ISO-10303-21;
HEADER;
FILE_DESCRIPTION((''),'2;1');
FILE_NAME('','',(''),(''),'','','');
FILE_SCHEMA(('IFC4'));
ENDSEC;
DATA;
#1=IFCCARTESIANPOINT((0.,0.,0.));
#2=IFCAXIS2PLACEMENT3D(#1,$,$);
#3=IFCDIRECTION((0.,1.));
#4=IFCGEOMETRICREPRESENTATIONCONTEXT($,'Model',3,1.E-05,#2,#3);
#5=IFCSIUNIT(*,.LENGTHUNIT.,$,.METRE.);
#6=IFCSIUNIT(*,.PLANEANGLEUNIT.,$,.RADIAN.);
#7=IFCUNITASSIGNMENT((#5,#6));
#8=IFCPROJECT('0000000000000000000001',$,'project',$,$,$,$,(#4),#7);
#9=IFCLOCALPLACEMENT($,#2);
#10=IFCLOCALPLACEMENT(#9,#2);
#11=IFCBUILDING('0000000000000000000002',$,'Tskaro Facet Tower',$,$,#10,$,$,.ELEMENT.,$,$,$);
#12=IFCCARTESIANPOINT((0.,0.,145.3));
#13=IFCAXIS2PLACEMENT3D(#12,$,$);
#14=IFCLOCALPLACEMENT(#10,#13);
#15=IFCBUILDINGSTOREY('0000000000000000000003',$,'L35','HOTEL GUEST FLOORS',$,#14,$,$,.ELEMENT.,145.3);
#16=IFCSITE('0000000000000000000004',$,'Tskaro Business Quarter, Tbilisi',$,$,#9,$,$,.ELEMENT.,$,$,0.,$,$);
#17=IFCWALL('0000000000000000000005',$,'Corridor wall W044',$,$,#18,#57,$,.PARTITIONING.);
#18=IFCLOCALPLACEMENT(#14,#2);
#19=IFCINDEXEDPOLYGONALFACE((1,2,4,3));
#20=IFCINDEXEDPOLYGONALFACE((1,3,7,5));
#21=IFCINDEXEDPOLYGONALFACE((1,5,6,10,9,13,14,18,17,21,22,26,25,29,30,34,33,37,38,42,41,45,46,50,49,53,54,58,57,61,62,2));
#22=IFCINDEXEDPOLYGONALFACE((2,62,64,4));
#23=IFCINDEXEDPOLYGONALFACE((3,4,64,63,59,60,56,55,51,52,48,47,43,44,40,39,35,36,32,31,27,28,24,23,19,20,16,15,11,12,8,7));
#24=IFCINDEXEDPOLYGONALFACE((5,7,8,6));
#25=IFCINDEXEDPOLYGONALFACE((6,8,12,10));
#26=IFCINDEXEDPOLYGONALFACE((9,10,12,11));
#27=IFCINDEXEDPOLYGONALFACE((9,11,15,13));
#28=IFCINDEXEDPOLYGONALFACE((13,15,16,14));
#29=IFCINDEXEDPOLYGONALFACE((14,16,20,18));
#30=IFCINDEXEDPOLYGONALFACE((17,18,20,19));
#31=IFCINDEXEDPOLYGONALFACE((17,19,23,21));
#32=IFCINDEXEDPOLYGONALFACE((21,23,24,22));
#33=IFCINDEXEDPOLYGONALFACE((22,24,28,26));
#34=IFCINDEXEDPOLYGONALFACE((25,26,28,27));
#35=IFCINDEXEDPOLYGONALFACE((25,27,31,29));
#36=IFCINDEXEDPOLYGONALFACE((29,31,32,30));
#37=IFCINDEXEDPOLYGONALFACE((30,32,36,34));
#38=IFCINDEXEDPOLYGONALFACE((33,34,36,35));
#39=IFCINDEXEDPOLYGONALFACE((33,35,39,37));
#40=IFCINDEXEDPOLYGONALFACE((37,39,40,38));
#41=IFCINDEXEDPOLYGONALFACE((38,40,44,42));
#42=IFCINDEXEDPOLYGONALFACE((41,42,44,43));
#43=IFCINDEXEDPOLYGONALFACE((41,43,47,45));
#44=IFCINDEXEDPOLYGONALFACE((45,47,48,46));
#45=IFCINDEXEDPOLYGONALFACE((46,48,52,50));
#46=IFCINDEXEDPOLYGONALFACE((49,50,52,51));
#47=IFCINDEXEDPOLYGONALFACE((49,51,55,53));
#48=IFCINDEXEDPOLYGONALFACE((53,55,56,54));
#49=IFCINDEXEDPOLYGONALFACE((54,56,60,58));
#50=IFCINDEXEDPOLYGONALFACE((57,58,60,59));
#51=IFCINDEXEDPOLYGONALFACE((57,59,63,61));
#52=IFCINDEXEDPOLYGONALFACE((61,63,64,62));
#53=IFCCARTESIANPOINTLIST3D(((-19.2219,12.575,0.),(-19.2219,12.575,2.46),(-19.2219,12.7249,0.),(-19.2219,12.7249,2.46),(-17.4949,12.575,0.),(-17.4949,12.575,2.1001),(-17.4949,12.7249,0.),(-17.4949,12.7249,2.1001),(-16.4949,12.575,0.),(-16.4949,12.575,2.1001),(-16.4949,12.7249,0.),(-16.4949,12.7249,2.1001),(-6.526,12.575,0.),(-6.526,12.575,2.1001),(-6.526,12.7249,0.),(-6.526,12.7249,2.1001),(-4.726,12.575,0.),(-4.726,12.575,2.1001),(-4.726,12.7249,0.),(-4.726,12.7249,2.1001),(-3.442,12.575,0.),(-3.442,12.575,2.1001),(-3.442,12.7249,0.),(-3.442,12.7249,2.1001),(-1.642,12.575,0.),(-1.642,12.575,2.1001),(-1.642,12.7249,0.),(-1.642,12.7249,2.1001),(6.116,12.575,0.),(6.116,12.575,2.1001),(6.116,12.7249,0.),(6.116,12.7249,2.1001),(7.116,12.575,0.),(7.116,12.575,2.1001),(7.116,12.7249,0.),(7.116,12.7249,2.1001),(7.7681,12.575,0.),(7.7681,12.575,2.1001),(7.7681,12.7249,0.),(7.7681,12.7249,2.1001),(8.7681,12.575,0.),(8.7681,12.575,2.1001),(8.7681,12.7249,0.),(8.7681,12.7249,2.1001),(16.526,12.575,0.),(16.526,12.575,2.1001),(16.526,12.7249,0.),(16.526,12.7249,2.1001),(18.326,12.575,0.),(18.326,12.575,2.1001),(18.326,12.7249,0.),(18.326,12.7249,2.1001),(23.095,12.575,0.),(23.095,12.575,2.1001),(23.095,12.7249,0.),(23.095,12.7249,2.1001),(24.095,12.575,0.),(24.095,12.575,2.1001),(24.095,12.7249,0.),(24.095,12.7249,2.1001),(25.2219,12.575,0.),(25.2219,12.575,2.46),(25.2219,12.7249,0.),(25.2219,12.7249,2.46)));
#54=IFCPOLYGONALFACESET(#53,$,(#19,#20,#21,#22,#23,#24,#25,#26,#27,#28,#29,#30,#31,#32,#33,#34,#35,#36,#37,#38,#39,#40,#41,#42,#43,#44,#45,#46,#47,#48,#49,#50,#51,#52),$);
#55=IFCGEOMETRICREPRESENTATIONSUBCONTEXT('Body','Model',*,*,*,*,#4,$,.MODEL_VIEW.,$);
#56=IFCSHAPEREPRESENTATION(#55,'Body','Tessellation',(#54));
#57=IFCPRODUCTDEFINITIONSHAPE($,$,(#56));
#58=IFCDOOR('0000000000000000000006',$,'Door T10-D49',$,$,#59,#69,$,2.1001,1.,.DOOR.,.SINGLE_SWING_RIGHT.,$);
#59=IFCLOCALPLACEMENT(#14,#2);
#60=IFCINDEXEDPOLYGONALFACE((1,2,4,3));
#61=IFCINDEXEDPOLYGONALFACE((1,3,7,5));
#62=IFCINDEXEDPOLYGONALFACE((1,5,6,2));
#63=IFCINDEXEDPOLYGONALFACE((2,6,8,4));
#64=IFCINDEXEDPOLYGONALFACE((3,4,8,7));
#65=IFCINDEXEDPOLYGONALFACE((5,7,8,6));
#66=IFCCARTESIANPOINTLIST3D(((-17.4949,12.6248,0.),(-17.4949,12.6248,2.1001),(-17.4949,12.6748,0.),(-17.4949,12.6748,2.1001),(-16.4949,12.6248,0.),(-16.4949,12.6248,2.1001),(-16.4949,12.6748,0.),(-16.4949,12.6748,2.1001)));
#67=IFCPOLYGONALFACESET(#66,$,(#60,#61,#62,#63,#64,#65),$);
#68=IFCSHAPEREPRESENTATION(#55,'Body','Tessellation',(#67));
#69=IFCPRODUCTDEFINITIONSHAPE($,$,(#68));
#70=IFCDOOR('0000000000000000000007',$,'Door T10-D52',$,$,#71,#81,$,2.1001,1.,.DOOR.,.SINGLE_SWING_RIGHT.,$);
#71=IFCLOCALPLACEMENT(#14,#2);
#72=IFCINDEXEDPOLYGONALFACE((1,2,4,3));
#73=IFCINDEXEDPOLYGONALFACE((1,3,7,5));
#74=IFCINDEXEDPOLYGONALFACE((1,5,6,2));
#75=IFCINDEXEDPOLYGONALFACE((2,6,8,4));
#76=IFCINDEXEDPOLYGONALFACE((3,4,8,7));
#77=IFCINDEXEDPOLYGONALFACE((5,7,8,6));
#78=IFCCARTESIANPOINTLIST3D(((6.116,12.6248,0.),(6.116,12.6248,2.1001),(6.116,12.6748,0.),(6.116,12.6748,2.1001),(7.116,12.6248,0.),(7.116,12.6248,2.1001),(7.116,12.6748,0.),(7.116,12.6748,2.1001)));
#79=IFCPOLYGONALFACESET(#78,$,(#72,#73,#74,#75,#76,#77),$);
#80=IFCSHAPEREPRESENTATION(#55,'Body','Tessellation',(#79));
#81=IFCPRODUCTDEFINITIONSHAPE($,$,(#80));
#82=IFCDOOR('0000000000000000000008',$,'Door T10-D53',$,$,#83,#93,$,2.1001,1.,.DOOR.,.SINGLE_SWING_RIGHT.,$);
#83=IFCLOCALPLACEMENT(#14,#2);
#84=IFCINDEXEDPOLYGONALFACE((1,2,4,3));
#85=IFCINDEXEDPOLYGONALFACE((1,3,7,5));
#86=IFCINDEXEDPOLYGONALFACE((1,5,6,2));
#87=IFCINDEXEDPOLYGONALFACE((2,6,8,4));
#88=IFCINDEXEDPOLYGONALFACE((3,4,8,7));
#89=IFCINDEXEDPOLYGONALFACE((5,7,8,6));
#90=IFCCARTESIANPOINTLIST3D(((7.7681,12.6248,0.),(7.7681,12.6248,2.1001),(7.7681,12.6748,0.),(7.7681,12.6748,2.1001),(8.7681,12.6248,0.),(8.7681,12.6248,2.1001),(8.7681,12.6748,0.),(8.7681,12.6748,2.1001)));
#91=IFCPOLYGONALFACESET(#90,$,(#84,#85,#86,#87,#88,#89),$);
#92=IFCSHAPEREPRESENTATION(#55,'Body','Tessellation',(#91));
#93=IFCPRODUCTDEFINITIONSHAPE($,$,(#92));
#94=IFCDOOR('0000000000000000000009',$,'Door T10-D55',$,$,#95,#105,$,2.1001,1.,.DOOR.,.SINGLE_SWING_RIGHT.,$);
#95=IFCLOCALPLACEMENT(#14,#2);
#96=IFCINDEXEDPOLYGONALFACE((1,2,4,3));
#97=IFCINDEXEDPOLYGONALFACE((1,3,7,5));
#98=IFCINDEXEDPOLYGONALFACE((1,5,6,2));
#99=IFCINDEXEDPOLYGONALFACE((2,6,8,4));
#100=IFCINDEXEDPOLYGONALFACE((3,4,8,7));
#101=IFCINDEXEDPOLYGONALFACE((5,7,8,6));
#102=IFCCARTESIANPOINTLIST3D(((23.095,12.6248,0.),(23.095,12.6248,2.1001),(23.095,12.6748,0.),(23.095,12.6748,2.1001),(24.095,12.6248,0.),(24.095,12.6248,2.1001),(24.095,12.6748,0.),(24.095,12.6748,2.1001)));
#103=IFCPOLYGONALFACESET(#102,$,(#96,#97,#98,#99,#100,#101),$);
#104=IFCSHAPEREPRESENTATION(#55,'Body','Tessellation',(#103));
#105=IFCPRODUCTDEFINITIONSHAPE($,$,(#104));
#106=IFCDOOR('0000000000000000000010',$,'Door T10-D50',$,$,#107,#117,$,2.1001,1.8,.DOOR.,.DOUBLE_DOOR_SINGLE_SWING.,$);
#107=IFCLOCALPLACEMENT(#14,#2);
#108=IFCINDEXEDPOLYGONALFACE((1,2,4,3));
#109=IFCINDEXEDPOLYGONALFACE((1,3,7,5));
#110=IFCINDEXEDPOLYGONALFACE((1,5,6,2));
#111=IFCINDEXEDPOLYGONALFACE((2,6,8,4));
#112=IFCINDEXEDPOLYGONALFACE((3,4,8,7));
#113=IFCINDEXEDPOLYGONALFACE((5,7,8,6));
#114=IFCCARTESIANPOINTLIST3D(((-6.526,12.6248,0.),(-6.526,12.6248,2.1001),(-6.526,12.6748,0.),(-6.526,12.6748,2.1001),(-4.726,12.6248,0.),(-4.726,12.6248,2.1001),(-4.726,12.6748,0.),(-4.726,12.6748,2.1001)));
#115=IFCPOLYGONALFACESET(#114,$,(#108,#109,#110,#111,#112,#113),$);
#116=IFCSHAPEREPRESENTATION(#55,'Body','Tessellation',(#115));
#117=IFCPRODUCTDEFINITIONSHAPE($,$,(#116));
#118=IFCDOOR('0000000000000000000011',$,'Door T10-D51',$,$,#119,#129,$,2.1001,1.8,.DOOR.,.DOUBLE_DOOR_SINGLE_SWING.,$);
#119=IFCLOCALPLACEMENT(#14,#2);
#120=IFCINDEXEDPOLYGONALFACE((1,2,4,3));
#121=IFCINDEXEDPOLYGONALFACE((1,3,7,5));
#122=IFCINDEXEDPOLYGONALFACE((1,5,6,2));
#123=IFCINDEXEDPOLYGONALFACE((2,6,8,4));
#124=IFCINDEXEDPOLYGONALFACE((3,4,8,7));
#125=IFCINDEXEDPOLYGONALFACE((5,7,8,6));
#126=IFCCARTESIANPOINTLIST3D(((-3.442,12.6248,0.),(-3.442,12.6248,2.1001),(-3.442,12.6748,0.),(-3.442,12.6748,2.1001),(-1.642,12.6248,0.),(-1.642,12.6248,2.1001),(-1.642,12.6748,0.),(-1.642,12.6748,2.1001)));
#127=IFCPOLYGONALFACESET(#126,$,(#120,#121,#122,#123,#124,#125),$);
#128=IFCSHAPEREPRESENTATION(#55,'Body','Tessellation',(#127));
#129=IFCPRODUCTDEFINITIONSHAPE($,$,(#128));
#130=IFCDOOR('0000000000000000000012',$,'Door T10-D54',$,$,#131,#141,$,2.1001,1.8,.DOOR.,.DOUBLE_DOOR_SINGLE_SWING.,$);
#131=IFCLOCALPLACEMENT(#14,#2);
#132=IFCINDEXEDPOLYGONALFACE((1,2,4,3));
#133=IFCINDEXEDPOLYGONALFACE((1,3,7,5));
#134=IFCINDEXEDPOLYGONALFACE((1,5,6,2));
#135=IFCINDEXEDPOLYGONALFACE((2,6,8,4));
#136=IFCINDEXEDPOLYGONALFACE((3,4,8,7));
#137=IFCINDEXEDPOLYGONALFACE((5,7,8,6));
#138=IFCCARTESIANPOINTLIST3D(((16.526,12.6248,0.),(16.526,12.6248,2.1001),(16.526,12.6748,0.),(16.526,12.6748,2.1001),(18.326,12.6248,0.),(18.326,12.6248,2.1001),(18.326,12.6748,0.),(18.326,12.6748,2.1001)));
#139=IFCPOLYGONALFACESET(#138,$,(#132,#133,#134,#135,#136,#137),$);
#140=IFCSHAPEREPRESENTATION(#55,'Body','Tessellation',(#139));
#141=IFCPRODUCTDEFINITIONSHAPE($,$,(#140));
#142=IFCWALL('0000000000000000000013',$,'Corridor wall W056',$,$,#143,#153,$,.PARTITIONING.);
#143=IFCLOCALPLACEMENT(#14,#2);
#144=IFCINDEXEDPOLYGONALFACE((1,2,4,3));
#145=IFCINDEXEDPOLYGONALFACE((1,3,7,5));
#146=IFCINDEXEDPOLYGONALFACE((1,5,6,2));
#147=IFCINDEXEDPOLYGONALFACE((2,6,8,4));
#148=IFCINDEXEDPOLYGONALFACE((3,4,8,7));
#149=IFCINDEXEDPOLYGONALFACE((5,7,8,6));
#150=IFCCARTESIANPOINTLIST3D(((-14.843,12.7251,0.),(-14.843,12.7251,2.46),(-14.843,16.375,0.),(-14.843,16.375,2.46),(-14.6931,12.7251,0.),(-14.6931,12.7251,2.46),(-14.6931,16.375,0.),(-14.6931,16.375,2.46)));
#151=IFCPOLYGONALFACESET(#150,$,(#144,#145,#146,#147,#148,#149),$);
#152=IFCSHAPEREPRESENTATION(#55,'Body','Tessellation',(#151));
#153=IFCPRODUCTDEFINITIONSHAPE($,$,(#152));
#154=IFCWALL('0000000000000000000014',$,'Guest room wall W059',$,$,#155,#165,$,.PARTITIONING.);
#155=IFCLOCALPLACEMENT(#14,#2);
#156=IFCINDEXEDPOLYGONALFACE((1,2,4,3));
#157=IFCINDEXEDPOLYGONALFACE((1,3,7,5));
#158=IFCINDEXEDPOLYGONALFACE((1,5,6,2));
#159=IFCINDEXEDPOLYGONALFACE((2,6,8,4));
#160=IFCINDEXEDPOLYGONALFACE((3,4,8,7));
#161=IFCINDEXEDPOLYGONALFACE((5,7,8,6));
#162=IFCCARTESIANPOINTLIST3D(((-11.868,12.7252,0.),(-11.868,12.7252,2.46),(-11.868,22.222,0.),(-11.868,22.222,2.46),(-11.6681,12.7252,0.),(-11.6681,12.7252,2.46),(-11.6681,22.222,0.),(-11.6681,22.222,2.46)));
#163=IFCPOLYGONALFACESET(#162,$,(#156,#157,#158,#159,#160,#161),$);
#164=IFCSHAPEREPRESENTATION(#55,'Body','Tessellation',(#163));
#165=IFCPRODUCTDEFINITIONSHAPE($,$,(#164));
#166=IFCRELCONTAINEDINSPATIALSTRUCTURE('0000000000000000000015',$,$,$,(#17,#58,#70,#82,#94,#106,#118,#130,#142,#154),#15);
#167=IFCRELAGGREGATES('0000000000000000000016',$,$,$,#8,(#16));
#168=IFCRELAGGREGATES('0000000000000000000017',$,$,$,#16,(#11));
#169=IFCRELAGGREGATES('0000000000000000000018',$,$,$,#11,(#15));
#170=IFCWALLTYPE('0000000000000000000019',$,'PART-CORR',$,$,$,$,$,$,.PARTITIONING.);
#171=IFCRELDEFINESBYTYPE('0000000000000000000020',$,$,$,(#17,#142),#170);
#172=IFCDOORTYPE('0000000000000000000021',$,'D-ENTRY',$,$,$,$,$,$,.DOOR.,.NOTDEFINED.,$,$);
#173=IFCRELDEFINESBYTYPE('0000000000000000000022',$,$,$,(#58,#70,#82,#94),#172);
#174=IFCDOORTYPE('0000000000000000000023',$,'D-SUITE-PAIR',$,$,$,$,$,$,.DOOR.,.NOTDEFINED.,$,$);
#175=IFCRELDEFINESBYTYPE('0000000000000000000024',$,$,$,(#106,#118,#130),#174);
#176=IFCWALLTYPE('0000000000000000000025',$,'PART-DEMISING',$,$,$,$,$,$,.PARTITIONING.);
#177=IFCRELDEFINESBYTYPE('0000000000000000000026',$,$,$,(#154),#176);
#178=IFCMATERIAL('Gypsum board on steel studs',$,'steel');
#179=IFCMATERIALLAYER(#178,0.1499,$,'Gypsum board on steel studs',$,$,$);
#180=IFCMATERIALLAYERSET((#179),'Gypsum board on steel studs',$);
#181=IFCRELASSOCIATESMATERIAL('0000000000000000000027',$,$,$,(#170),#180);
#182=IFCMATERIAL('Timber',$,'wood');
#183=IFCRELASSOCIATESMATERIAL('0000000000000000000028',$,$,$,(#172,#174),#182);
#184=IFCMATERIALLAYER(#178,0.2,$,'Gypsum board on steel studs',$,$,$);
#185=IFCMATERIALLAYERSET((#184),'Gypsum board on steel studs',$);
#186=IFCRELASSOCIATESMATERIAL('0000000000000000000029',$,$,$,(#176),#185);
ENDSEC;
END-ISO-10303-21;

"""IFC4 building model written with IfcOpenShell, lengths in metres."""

from ifc_helpers import new_model, si_unit, direction, frame, frame_2d, origin, place, context, subcontext, project, spatial, rectangle, extrude, material, layer, layer_set, type_object, element, fill, save


model = new_model("IFC4")

# Units and contexts
model_context = context("Model", 3, precision=1e-05, world=origin(), true_north=direction((0.0, 1.0)))
body_context = subcontext(model_context, "Body", "Model", "MODEL_VIEW")
ifc_project = project(units=[si_unit("LENGTHUNIT", "METRE"), si_unit("PLANEANGLEUNIT", "RADIAN")], contexts=[model_context])

# Site, building, storey
site_placement = place(None, origin())
site = spatial("IfcSite", under=ifc_project, at=site_placement, Name="Tskaro Business Quarter, Tbilisi", CompositionType="ELEMENT", RefElevation=0.0)
building_placement = place(site_placement, origin())
building = spatial("IfcBuilding", under=site, at=building_placement, Name="Tskaro Facet Tower", CompositionType="ELEMENT")
storey_placement = place(building_placement, frame((0.0, 0.0, 145.3)))
storey = spatial("IfcBuildingStorey", under=building, at=storey_placement, Name="L35", Description="HOTEL GUEST FLOORS", CompositionType="ELEMENT", Elevation=145.3)

# Shared definitions
ifc_material_1 = material(Name="Gypsum board on steel studs", Category="steel")
ifc_layer_1 = layer(ifc_material_1, 0.1499, Name="Gypsum board on steel studs")
ifc_layer_set_1 = layer_set([ifc_layer_1], Name="Gypsum board on steel studs")
wall_type_1 = type_object("IfcWallType", Name="PART-CORR", PredefinedType="PARTITIONING", material=ifc_layer_set_1)
ifc_material_2 = material(Name="Timber", Category="wood")

# Wall, openings, doors
wall_1_placement = place(storey_placement, frame((-19.2219, 12.6499, 0.0), z_axis=(0.0, 0.0, 1.0), x_axis=(1.0, 0.0, 0.0)))
wall_1 = element("IfcWall", 1, at=wall_1_placement, inside=storey, type_object=wall_type_1, Name="Corridor wall W044", PredefinedType="PARTITIONING", context=body_context, shape_type="SweptSolid", body=[
    extrude(rectangle(XDim=44.4438, YDim=0.1499, at=frame_2d((22.2219, 0.0))), origin(), (0.0, 0.0, 1.0), 2.46),
])
opening_1_placement = place(wall_1_placement, frame((1.7271, 0.0, 0.0)))
opening_1 = element("IfcOpeningElement", 2, at=opening_1_placement, cuts=wall_1, PredefinedType="OPENING", context=body_context, shape_type="SweptSolid", body=[
    extrude(rectangle(XDim=1.0, YDim=2.1001, at=frame_2d((0.5, 1.05))), frame((0.0, 0.085, 0.0), z_axis=(0.0, -1.0, 0.0), x_axis=(1.0, 0.0, 0.0)), (0.0, 0.0, 1.0), 0.1699),
])
opening_2_placement = place(wall_1_placement, frame((12.696, 0.0, 0.0)))
opening_2 = element("IfcOpeningElement", 3, at=opening_2_placement, cuts=wall_1, PredefinedType="OPENING", context=body_context, shape_type="SweptSolid", body=[
    extrude(rectangle(XDim=1.8, YDim=2.1001, at=frame_2d((0.8999, 1.05))), frame((0.0, 0.085, 0.0), z_axis=(0.0, -1.0, 0.0), x_axis=(1.0, 0.0, 0.0)), (0.0, 0.0, 1.0), 0.1699),
])
opening_3_placement = place(wall_1_placement, frame((15.78, 0.0, 0.0)))
opening_3 = element("IfcOpeningElement", 4, at=opening_3_placement, cuts=wall_1, PredefinedType="OPENING", context=body_context, shape_type="SweptSolid", body=[
    extrude(rectangle(XDim=1.8, YDim=2.1001, at=frame_2d((0.8999, 1.05))), frame((0.0, 0.085, 0.0), z_axis=(0.0, -1.0, 0.0), x_axis=(1.0, 0.0, 0.0)), (0.0, 0.0, 1.0), 0.1699),
])
opening_4_placement = place(wall_1_placement, frame((25.3379, 0.0, 0.0)))
opening_4 = element("IfcOpeningElement", 5, at=opening_4_placement, cuts=wall_1, PredefinedType="OPENING", context=body_context, shape_type="SweptSolid", body=[
    extrude(rectangle(XDim=1.0, YDim=2.1001, at=frame_2d((0.5, 1.05))), frame((0.0, 0.085, 0.0), z_axis=(0.0, -1.0, 0.0), x_axis=(1.0, 0.0, 0.0)), (0.0, 0.0, 1.0), 0.1699),
])
opening_5_placement = place(wall_1_placement, frame((26.99, 0.0, 0.0)))
opening_5 = element("IfcOpeningElement", 6, at=opening_5_placement, cuts=wall_1, PredefinedType="OPENING", context=body_context, shape_type="SweptSolid", body=[
    extrude(rectangle(XDim=1.0, YDim=2.1001, at=frame_2d((0.5, 1.05))), frame((0.0, 0.085, 0.0), z_axis=(0.0, -1.0, 0.0), x_axis=(1.0, 0.0, 0.0)), (0.0, 0.0, 1.0), 0.1699),
])
opening_6_placement = place(wall_1_placement, frame((35.748, 0.0, 0.0)))
opening_6 = element("IfcOpeningElement", 7, at=opening_6_placement, cuts=wall_1, PredefinedType="OPENING", context=body_context, shape_type="SweptSolid", body=[
    extrude(rectangle(XDim=1.8, YDim=2.1001, at=frame_2d((0.8999, 1.05))), frame((0.0, 0.085, 0.0), z_axis=(0.0, -1.0, 0.0), x_axis=(1.0, 0.0, 0.0)), (0.0, 0.0, 1.0), 0.1699),
])
opening_7_placement = place(wall_1_placement, frame((42.3169, 0.0, 0.0)))
opening_7 = element("IfcOpeningElement", 8, at=opening_7_placement, cuts=wall_1, PredefinedType="OPENING", context=body_context, shape_type="SweptSolid", body=[
    extrude(rectangle(XDim=1.0, YDim=2.1001, at=frame_2d((0.5, 1.05))), frame((0.0, 0.085, 0.0), z_axis=(0.0, -1.0, 0.0), x_axis=(1.0, 0.0, 0.0)), (0.0, 0.0, 1.0), 0.1699),
])
door_type_1 = type_object("IfcDoorType", Name="D-ENTRY", OperationType="NOTDEFINED", PredefinedType="DOOR", material=ifc_material_2)
door_1_placement = place(opening_1_placement, origin())
door_1 = element("IfcDoor", 9, at=door_1_placement, inside=storey, type_object=door_type_1, Name="Door T10-D49", OperationType="SINGLE_SWING_RIGHT", OverallHeight=2.1001, OverallWidth=1.0, PredefinedType="DOOR", context=body_context, shape_type="SweptSolid", body=[
    extrude(rectangle(XDim=1.0, YDim=2.1001, at=frame_2d((0.5, 1.05))), frame((0.0, 0.0249, 0.0), z_axis=(0.0, -1.0, 0.0), x_axis=(1.0, 0.0, 0.0)), (0.0, 0.0, 1.0), 0.05),
])
fill(opening_1, door_1)
door_2_placement = place(opening_4_placement, origin())
door_2 = element("IfcDoor", 10, at=door_2_placement, inside=storey, type_object=door_type_1, Name="Door T10-D52", OperationType="SINGLE_SWING_RIGHT", OverallHeight=2.1001, OverallWidth=1.0, PredefinedType="DOOR", context=body_context, shape_type="SweptSolid", body=[
    extrude(rectangle(XDim=1.0, YDim=2.1001, at=frame_2d((0.5, 1.05))), frame((0.0, 0.0249, 0.0), z_axis=(0.0, -1.0, 0.0), x_axis=(1.0, 0.0, 0.0)), (0.0, 0.0, 1.0), 0.05),
])
fill(opening_4, door_2)
door_3_placement = place(opening_5_placement, origin())
door_3 = element("IfcDoor", 11, at=door_3_placement, inside=storey, type_object=door_type_1, Name="Door T10-D53", OperationType="SINGLE_SWING_RIGHT", OverallHeight=2.1001, OverallWidth=1.0, PredefinedType="DOOR", context=body_context, shape_type="SweptSolid", body=[
    extrude(rectangle(XDim=1.0, YDim=2.1001, at=frame_2d((0.5, 1.05))), frame((0.0, 0.0249, 0.0), z_axis=(0.0, -1.0, 0.0), x_axis=(1.0, 0.0, 0.0)), (0.0, 0.0, 1.0), 0.05),
])
fill(opening_5, door_3)
door_4_placement = place(opening_7_placement, origin())
door_4 = element("IfcDoor", 12, at=door_4_placement, inside=storey, type_object=door_type_1, Name="Door T10-D55", OperationType="SINGLE_SWING_RIGHT", OverallHeight=2.1001, OverallWidth=1.0, PredefinedType="DOOR", context=body_context, shape_type="SweptSolid", body=[
    extrude(rectangle(XDim=1.0, YDim=2.1001, at=frame_2d((0.5, 1.05))), frame((0.0, 0.0249, 0.0), z_axis=(0.0, -1.0, 0.0), x_axis=(1.0, 0.0, 0.0)), (0.0, 0.0, 1.0), 0.05),
])
fill(opening_7, door_4)
door_type_2 = type_object("IfcDoorType", Name="D-SUITE-PAIR", OperationType="NOTDEFINED", PredefinedType="DOOR", material=ifc_material_2)
door_5_placement = place(opening_2_placement, origin())
door_5 = element("IfcDoor", 13, at=door_5_placement, inside=storey, type_object=door_type_2, Name="Door T10-D50", OperationType="DOUBLE_DOOR_SINGLE_SWING", OverallHeight=2.1001, OverallWidth=1.8, PredefinedType="DOOR", context=body_context, shape_type="SweptSolid", body=[
    extrude(rectangle(XDim=1.8, YDim=2.1001, at=frame_2d((0.8999, 1.05))), frame((0.0, 0.0249, 0.0), z_axis=(0.0, -1.0, 0.0), x_axis=(1.0, 0.0, 0.0)), (0.0, 0.0, 1.0), 0.05),
])
fill(opening_2, door_5)
door_6_placement = place(opening_3_placement, origin())
door_6 = element("IfcDoor", 14, at=door_6_placement, inside=storey, type_object=door_type_2, Name="Door T10-D51", OperationType="DOUBLE_DOOR_SINGLE_SWING", OverallHeight=2.1001, OverallWidth=1.8, PredefinedType="DOOR", context=body_context, shape_type="SweptSolid", body=[
    extrude(rectangle(XDim=1.8, YDim=2.1001, at=frame_2d((0.8999, 1.05))), frame((0.0, 0.0249, 0.0), z_axis=(0.0, -1.0, 0.0), x_axis=(1.0, 0.0, 0.0)), (0.0, 0.0, 1.0), 0.05),
])
fill(opening_3, door_6)
door_7_placement = place(opening_6_placement, origin())
door_7 = element("IfcDoor", 15, at=door_7_placement, inside=storey, type_object=door_type_2, Name="Door T10-D54", OperationType="DOUBLE_DOOR_SINGLE_SWING", OverallHeight=2.1001, OverallWidth=1.8, PredefinedType="DOOR", context=body_context, shape_type="SweptSolid", body=[
    extrude(rectangle(XDim=1.8, YDim=2.1001, at=frame_2d((0.8999, 1.05))), frame((0.0, 0.0249, 0.0), z_axis=(0.0, -1.0, 0.0), x_axis=(1.0, 0.0, 0.0)), (0.0, 0.0, 1.0), 0.05),
])
fill(opening_6, door_7)

# Walls
wall_2_placement = place(storey_placement, frame((-14.7681, 12.7251, 0.0), z_axis=(0.0, 0.0, 1.0), x_axis=(0.0, 1.0, 0.0)))
element("IfcWall", 16, at=wall_2_placement, inside=storey, type_object=wall_type_1, Name="Corridor wall W056", PredefinedType="PARTITIONING", context=body_context, shape_type="SweptSolid", body=[
    extrude(rectangle(XDim=3.6499, YDim=0.1499, at=frame_2d((1.825, 0.0))), origin(), (0.0, 0.0, 1.0), 2.46),
])
ifc_layer_2 = layer(ifc_material_1, 0.2, Name="Gypsum board on steel studs")
ifc_layer_set_2 = layer_set([ifc_layer_2], Name="Gypsum board on steel studs")
wall_type_2 = type_object("IfcWallType", Name="PART-DEMISING", PredefinedType="PARTITIONING", material=ifc_layer_set_2)
wall_3_placement = place(storey_placement, frame((-11.7681, 12.7251, 0.0), z_axis=(0.0, 0.0, 1.0), x_axis=(0.0, 1.0, 0.0)))
element("IfcWall", 17, at=wall_3_placement, inside=storey, type_object=wall_type_2, Name="Guest room wall W059", PredefinedType="PARTITIONING", context=body_context, shape_type="SweptSolid", body=[
    extrude(rectangle(XDim=9.4968, YDim=0.2, at=frame_2d((4.7485, 0.0))), origin(), (0.0, 0.0, 1.0), 2.46),
])

save(model, "model.ifc")
